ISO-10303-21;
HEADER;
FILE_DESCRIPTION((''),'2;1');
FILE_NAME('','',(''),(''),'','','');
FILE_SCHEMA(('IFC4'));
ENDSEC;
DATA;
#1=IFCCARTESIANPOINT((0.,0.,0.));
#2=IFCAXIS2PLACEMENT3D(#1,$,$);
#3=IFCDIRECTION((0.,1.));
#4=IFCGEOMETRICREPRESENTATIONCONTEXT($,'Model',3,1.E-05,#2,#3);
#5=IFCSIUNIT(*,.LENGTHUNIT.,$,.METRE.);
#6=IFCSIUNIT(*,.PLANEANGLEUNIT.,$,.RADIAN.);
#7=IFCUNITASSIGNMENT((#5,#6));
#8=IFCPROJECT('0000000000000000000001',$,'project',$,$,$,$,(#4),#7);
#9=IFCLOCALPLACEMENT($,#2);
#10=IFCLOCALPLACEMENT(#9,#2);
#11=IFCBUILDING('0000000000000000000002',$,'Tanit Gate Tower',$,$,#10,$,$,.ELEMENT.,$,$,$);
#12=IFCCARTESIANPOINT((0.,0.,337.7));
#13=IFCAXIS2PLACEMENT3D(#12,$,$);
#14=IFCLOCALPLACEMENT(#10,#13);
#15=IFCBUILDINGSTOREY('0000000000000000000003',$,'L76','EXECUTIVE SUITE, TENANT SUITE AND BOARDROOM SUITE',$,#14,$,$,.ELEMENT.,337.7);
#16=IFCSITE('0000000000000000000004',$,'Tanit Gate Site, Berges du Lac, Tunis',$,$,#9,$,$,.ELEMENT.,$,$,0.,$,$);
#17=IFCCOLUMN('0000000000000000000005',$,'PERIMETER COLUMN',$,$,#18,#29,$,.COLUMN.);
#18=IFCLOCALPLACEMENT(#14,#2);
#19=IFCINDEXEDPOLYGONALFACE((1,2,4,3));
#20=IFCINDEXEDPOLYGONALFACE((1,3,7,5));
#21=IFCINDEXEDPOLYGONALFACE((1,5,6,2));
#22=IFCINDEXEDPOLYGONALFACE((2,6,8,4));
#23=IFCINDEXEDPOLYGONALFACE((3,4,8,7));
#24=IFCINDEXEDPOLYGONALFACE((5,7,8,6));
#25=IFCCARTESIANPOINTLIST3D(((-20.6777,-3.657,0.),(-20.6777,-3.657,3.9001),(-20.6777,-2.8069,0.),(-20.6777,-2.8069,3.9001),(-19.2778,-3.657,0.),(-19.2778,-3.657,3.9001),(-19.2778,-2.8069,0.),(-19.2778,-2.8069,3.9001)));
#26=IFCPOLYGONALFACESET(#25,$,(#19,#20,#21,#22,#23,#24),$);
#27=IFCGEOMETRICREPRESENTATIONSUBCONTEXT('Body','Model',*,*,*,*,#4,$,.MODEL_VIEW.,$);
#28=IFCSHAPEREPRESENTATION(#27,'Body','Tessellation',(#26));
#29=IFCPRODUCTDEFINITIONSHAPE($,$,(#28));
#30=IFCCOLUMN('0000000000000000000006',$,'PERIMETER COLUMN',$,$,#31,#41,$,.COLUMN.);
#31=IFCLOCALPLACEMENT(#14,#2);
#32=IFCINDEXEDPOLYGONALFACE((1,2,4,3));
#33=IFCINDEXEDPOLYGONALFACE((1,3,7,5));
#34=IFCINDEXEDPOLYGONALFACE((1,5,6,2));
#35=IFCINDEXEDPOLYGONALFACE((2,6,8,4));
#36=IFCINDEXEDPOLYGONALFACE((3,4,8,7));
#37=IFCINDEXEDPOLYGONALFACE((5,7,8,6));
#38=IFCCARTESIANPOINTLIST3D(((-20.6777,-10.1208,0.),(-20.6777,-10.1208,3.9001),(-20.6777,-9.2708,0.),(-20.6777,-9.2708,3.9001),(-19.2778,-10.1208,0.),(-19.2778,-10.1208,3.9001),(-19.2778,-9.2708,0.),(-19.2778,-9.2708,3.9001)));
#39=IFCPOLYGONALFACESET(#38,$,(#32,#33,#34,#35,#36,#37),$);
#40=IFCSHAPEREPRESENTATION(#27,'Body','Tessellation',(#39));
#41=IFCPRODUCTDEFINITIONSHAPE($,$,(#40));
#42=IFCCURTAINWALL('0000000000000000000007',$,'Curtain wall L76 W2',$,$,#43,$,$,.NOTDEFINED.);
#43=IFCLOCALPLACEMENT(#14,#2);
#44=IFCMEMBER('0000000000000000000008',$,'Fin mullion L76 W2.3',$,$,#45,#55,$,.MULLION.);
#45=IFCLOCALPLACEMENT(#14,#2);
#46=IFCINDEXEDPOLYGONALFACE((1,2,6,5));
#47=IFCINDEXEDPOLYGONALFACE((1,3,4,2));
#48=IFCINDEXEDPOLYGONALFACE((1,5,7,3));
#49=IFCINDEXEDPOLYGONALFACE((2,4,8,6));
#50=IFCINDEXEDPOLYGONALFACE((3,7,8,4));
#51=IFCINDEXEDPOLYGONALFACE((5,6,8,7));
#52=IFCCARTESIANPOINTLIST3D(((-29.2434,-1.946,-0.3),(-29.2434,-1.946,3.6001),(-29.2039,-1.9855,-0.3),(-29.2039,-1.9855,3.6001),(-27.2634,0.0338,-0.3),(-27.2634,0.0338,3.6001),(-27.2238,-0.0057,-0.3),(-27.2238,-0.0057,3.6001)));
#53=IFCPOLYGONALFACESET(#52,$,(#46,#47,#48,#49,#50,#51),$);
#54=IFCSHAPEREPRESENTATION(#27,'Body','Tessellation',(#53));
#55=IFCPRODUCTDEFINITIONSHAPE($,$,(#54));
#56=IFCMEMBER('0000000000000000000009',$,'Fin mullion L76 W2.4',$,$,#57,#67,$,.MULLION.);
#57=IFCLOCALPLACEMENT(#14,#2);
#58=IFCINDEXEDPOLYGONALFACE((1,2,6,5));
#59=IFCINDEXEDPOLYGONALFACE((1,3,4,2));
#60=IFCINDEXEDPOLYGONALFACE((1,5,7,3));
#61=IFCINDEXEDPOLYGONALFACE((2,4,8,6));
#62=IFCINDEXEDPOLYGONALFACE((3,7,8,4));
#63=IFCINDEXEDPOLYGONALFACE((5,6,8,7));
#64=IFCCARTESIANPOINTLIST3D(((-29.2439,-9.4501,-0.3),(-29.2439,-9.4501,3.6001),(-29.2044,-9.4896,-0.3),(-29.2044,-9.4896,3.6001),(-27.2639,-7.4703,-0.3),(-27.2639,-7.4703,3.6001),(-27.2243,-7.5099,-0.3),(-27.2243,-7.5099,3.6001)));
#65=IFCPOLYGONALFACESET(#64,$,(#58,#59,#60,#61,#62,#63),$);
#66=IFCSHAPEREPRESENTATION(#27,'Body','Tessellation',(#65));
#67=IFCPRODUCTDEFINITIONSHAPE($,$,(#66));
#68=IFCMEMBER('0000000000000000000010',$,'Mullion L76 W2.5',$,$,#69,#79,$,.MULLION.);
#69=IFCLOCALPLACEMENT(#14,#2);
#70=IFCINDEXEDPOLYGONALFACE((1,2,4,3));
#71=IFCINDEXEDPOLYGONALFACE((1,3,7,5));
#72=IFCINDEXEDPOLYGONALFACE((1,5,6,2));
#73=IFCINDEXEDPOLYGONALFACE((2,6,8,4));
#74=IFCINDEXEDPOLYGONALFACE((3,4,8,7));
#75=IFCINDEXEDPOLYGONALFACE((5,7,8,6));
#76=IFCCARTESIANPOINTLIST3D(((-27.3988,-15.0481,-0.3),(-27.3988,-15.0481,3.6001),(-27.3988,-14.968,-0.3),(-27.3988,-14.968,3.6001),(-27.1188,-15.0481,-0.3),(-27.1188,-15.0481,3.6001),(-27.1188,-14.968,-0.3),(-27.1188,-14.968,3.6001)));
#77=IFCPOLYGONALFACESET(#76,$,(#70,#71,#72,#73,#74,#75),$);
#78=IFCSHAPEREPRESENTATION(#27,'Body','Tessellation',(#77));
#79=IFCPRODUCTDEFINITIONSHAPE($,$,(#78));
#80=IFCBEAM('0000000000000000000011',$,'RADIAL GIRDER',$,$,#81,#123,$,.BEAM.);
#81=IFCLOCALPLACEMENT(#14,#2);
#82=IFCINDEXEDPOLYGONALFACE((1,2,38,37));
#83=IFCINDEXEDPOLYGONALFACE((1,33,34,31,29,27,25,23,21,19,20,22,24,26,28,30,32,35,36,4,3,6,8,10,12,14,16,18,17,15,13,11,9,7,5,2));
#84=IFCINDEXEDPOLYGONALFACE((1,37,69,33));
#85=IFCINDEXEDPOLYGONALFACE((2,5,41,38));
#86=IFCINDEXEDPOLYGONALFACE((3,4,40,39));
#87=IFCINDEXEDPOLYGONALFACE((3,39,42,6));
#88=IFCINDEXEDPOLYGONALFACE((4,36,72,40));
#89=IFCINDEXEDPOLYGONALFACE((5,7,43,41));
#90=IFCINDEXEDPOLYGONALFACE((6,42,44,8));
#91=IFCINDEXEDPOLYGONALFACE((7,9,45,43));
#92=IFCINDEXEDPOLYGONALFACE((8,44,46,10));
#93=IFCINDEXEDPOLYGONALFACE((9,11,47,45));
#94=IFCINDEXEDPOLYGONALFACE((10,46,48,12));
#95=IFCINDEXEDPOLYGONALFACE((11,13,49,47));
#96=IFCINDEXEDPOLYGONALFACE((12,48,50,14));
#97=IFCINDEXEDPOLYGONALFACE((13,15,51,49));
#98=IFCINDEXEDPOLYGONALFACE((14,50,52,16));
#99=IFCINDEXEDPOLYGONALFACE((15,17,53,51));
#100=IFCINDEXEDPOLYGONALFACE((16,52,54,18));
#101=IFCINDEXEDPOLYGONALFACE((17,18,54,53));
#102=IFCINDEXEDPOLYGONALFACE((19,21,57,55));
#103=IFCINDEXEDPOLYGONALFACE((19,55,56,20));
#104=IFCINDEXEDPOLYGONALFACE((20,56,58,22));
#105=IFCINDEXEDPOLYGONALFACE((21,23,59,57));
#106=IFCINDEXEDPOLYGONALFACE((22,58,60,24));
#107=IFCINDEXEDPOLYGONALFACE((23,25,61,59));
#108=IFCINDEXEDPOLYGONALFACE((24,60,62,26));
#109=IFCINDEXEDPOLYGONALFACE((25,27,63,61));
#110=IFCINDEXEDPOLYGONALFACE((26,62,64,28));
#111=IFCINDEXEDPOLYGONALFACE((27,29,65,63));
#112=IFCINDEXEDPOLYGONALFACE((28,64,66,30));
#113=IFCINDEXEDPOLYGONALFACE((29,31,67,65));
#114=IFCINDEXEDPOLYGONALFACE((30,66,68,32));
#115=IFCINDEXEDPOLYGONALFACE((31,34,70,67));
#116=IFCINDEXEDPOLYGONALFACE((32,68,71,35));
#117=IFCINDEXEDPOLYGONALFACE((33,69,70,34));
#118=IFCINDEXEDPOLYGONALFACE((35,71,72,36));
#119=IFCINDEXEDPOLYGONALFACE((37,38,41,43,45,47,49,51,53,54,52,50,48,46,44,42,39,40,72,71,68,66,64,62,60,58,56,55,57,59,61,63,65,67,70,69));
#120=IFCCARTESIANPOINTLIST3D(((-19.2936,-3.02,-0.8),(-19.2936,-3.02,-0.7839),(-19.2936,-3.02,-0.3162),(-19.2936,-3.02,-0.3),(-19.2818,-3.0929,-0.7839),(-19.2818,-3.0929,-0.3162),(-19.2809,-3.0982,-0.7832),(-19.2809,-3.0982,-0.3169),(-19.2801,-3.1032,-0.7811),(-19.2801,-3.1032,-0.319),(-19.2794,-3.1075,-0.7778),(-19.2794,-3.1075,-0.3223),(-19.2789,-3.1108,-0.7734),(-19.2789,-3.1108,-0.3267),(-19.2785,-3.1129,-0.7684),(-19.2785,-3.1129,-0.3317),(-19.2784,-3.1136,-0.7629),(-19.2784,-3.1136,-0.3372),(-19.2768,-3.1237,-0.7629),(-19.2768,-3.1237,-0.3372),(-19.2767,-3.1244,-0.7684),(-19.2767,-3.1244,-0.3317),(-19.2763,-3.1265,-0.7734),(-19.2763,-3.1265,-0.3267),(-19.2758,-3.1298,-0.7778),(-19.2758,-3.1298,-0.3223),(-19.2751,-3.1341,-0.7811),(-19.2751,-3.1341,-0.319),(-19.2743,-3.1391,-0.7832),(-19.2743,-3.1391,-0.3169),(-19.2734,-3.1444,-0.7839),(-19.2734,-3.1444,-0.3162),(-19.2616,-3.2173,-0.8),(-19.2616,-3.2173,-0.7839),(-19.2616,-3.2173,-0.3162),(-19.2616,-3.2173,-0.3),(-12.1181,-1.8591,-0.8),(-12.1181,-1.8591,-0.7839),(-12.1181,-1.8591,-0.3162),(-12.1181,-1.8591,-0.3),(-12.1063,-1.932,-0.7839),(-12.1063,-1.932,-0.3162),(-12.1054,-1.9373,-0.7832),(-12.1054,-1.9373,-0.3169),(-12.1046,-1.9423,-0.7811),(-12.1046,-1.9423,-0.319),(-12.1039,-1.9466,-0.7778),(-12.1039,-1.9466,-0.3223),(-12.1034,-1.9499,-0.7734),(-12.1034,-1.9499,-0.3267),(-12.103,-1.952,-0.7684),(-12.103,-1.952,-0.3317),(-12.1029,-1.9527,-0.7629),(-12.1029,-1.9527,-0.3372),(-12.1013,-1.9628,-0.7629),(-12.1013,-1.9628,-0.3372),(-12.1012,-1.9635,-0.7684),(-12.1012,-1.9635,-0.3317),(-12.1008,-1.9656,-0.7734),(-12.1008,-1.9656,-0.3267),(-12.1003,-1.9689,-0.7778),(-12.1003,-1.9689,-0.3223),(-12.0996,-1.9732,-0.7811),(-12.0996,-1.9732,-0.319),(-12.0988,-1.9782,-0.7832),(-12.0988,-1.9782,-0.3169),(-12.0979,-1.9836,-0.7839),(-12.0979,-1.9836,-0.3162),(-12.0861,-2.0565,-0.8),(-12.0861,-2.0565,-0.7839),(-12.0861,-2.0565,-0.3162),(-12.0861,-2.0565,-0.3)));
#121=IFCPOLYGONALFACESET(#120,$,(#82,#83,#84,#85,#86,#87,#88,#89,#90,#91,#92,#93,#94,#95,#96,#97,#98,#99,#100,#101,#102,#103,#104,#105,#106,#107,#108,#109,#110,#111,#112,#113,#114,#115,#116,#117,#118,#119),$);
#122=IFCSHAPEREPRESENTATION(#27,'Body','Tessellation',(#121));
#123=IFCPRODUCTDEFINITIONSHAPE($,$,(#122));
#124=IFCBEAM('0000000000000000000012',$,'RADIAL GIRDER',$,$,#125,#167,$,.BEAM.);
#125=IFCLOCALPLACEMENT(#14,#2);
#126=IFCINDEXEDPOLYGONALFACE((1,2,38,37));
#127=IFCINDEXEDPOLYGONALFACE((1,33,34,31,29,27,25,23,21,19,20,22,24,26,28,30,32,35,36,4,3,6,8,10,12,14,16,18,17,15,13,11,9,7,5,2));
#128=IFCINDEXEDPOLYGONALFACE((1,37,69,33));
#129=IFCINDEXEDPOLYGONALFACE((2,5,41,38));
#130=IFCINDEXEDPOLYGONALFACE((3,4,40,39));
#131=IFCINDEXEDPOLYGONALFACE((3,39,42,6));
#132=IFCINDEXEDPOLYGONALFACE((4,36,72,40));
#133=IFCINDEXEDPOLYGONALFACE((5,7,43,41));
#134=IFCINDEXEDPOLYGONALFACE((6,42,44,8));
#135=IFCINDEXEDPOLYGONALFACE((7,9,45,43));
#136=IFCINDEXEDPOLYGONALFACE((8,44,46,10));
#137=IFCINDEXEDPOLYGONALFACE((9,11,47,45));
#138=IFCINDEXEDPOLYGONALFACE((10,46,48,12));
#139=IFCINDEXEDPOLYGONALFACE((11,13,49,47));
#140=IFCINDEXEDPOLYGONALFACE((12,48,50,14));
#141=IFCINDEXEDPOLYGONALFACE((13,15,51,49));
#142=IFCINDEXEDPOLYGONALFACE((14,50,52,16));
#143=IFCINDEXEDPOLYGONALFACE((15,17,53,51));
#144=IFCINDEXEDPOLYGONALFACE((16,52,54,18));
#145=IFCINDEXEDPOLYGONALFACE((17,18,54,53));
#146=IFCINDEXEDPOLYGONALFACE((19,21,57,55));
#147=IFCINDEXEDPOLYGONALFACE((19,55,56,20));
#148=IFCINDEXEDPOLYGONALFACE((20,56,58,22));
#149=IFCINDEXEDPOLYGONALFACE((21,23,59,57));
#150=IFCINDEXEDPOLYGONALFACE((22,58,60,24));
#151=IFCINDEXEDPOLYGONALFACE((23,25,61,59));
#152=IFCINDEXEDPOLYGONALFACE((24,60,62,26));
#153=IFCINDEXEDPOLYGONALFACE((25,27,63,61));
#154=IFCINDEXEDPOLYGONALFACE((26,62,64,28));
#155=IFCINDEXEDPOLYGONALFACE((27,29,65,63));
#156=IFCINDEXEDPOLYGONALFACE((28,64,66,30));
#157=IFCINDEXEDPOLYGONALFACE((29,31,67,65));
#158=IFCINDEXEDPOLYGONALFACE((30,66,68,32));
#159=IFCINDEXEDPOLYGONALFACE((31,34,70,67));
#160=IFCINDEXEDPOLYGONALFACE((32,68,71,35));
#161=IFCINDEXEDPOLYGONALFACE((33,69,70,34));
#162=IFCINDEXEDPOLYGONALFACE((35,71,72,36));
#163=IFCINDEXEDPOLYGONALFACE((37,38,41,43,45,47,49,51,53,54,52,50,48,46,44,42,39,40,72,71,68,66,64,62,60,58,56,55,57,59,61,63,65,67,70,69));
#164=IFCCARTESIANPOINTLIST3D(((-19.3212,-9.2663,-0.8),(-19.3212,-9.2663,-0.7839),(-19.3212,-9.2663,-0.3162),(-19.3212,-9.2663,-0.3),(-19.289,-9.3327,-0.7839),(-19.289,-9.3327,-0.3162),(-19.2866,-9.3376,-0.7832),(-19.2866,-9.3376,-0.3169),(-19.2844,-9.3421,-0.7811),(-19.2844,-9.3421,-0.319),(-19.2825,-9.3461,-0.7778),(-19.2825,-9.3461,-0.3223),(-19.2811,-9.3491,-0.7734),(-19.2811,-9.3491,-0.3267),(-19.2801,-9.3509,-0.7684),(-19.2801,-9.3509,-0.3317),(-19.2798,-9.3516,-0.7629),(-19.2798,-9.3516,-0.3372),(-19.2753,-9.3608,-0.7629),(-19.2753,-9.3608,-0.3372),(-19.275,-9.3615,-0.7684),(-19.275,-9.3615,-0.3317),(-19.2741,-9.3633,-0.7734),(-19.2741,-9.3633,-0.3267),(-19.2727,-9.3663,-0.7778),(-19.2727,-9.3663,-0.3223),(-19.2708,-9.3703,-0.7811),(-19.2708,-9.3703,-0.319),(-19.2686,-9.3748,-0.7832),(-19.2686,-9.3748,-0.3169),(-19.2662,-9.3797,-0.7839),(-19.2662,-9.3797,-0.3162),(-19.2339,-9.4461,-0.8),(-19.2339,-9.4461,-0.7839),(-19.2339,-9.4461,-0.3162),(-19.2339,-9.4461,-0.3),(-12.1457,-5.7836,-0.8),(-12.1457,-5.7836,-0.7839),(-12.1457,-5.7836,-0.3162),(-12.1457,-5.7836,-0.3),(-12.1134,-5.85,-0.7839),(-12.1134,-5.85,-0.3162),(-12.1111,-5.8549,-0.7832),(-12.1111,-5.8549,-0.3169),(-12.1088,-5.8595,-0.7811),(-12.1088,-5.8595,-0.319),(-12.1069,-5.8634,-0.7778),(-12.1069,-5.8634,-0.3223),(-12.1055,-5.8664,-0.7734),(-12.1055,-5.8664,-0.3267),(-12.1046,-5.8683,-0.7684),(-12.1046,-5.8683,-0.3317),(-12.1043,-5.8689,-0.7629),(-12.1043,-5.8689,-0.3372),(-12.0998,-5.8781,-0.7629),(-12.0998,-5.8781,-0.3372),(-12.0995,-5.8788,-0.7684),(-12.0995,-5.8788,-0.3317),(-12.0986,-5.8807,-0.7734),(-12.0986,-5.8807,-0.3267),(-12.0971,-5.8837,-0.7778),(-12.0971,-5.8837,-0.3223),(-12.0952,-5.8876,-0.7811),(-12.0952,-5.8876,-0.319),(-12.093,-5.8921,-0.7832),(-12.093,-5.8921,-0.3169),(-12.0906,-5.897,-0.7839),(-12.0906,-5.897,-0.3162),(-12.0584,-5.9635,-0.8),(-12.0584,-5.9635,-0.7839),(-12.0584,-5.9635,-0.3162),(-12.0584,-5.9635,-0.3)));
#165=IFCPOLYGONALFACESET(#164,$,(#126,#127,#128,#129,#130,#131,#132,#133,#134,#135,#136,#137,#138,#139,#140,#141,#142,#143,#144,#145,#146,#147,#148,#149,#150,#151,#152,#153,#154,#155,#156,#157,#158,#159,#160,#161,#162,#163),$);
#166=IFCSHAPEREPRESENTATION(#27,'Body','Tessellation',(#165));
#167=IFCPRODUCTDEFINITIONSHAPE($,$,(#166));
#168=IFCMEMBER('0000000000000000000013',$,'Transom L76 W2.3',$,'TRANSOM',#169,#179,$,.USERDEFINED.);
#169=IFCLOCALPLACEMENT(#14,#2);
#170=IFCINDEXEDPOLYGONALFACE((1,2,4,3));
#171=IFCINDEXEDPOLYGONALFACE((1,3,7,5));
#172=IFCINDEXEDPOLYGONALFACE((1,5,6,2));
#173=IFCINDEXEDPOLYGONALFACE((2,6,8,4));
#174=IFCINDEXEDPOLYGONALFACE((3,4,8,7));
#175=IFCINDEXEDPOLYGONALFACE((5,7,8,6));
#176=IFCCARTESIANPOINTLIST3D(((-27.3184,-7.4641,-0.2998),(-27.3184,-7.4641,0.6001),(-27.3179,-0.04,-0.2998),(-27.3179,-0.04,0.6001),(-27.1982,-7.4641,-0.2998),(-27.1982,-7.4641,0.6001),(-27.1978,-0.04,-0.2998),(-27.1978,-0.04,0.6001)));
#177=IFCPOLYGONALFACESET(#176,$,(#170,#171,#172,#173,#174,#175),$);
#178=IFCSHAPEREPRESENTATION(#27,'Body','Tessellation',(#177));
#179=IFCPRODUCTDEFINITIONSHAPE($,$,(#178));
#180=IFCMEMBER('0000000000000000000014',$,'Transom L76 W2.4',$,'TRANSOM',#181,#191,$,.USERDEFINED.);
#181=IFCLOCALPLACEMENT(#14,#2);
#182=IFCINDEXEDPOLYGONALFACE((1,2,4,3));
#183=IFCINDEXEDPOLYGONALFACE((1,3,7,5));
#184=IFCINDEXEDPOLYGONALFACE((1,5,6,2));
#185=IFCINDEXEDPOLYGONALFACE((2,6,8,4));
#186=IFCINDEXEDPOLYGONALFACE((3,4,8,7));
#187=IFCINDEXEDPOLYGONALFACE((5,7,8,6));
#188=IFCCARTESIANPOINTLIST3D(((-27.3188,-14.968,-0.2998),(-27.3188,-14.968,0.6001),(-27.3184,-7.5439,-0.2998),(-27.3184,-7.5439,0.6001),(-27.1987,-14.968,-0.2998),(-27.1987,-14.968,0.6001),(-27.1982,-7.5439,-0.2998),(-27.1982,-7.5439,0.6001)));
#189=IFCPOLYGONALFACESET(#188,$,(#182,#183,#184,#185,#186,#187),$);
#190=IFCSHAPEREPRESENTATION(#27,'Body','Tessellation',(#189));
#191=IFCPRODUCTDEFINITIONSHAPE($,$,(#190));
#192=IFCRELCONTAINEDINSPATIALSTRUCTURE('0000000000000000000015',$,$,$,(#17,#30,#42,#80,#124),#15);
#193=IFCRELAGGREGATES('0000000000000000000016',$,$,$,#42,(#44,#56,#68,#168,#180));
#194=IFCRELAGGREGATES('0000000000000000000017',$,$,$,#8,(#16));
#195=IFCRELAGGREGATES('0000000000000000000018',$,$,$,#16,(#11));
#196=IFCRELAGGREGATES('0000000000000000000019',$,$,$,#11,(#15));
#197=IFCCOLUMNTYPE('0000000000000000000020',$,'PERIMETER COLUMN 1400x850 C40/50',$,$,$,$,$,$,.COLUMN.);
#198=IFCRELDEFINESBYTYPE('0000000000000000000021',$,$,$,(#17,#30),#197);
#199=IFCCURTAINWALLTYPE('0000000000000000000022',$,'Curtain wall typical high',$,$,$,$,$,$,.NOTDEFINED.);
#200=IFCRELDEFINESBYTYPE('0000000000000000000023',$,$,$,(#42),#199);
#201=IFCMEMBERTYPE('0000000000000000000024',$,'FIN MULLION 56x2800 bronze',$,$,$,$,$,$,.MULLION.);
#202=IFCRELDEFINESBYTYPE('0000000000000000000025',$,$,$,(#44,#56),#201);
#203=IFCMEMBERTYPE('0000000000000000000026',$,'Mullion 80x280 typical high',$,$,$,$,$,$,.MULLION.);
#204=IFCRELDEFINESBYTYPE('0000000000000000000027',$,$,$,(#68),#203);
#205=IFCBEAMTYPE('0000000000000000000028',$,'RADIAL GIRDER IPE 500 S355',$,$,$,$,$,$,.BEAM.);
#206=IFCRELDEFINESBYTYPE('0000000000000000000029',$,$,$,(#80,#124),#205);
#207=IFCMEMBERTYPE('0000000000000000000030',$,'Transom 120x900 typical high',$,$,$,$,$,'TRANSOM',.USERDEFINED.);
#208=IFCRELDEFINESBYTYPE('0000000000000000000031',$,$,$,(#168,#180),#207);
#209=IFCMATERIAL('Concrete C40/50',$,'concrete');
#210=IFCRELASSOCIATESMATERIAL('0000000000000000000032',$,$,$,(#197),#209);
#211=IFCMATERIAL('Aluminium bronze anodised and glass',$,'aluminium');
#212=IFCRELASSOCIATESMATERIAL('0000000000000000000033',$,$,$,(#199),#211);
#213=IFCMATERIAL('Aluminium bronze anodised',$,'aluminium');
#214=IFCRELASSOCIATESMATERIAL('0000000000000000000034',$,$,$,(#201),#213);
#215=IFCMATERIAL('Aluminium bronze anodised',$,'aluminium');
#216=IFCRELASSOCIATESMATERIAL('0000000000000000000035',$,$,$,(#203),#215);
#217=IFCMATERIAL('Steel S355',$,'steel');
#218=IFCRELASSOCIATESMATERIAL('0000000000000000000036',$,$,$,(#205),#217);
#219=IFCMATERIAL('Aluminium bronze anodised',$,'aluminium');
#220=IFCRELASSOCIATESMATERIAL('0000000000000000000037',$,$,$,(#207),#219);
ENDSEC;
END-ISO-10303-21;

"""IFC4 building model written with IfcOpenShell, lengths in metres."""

from ifc_helpers import new_model, si_unit, direction, frame, origin, origin_2d, place, context, subcontext, project, spatial, rectangle, i_section, extrude, material, material_profile, profile_set, type_object, element, aggregate, save


model = new_model("IFC4")

# Units and contexts
model_context = context("Model", 3, precision=1e-05, world=origin(), true_north=direction((0.0, 1.0)))
body_context = subcontext(model_context, "Body", "Model", "MODEL_VIEW")
ifc_project = project(units=[si_unit("LENGTHUNIT", "METRE"), si_unit("PLANEANGLEUNIT", "RADIAN")], contexts=[model_context])

# Site, building, storey
site_placement = place(None, origin())
site = spatial("IfcSite", under=ifc_project, at=site_placement, Name="Tanit Gate Site, Berges du Lac, Tunis", CompositionType="ELEMENT", RefElevation=0.0)
building_placement = place(site_placement, origin())
building = spatial("IfcBuilding", under=site, at=building_placement, Name="Tanit Gate Tower", CompositionType="ELEMENT")
storey_placement = place(building_placement, frame((0.0, 0.0, 337.7)))
storey = spatial("IfcBuildingStorey", under=building, at=storey_placement, Name="L76", Description="EXECUTIVE SUITE, TENANT SUITE AND BOARDROOM SUITE", CompositionType="ELEMENT", Elevation=337.7)

# Columns
ifc_material_1 = material(Name="Concrete C40/50", Category="concrete")
ifc_material_profile_1 = material_profile(ifc_material_1, rectangle(XDim=1.3999, YDim=0.8501, at=origin_2d()), Name="RC 1400x850")
ifc_profile_set_1 = profile_set([ifc_material_profile_1], Name="Concrete C40/50")
column_type = type_object("IfcColumnType", Name="PERIMETER COLUMN 1400x850 C40/50", PredefinedType="COLUMN", material=ifc_profile_set_1)
for number, where, z_axis, x_axis, name in (
    (1, (-19.9778, -3.2319, 0.0), (0.0, 0.0, 1.0), (-1.0, 0.0, 0.0), "PERIMETER COLUMN"),
    (2, (-19.9778, -9.6958, 0.0), (0.0, 0.0, 1.0), (-1.0, 0.0, 0.0), "PERIMETER COLUMN"),
):
    element("IfcColumn", number, at=place(storey_placement, frame(where, z_axis=z_axis, x_axis=x_axis)), inside=storey, type_object=column_type, Name=name, PredefinedType="COLUMN", context=body_context, shape_type="SweptSolid", body=[
        extrude(rectangle(XDim=1.3999, YDim=0.8501, at=origin_2d()), origin(), (0.0, 0.0, 1.0), 3.9001),
    ])

# Curtain wall, members
ifc_material_2 = material(Name="Aluminium bronze anodised and glass", Category="aluminium")
curtain_wall_type = type_object("IfcCurtainWallType", Name="Curtain wall typical high", PredefinedType="NOTDEFINED", material=ifc_material_2)
curtain_wall_placement = place(storey_placement, origin())
curtain_wall = element("IfcCurtainWall", 3, at=curtain_wall_placement, inside=storey, type_object=curtain_wall_type, Name="Curtain wall L76 W2", PredefinedType="NOTDEFINED")
ifc_material_3 = material(Name="Aluminium bronze anodised", Category="aluminium")
ifc_material_profile_2 = material_profile(ifc_material_3, rectangle(XDim=2.8, YDim=0.0559, at=origin_2d()), Name="56x2800 bronze fin mullion")
ifc_profile_set_2 = profile_set([ifc_material_profile_2], Name="Aluminium bronze anodised")
member_type_1 = type_object("IfcMemberType", Name="FIN MULLION 56x2800 bronze", PredefinedType="MULLION", material=ifc_profile_set_2)
member_1_placement = place(storey_placement, frame((-28.2336, -0.9758, -0.3), z_axis=(0.0, 0.0, 1.0), x_axis=(0.707156, 0.707058, 0.0)))
member_1 = element("IfcMember", 4, at=member_1_placement, type_object=member_type_1, Name="Fin mullion L76 W2.3", PredefinedType="MULLION", context=body_context, shape_type="SweptSolid", body=[
    extrude(rectangle(XDim=2.8, YDim=0.0559, at=origin_2d()), origin(), (0.0, 0.0, 1.0), 3.9001),
])
member_2_placement = place(storey_placement, frame((-28.2341, -8.48, -0.3), z_axis=(0.0, 0.0, 1.0), x_axis=(0.707156, 0.707058, 0.0)))
member_2 = element("IfcMember", 5, at=member_2_placement, type_object=member_type_1, Name="Fin mullion L76 W2.4", PredefinedType="MULLION", context=body_context, shape_type="SweptSolid", body=[
    extrude(rectangle(XDim=2.8, YDim=0.0559, at=origin_2d()), origin(), (0.0, 0.0, 1.0), 3.9001),
])
ifc_material_4 = material(Name="Aluminium bronze anodised", Category="aluminium")
ifc_material_profile_3 = material_profile(ifc_material_4, rectangle(XDim=0.28, YDim=0.0801, at=origin_2d()), Name="80x280 bronze mullion")
ifc_profile_set_3 = profile_set([ifc_material_profile_3], Name="Aluminium bronze anodised")
member_type_2 = type_object("IfcMemberType", Name="Mullion 80x280 typical high", PredefinedType="MULLION", material=ifc_profile_set_3)
member_3_placement = place(storey_placement, frame((-27.2588, -15.0081, -0.3), z_axis=(0.0, 0.0, 1.0), x_axis=(1.0, -0.000069, 0.0)))
member_3 = element("IfcMember", 6, at=member_3_placement, type_object=member_type_2, Name="Mullion L76 W2.5", PredefinedType="MULLION", context=body_context, shape_type="SweptSolid", body=[
    extrude(rectangle(XDim=0.28, YDim=0.0801, at=origin_2d()), origin(), (0.0, 0.0, 1.0), 3.9001),
])

# Beams
ifc_material_5 = material(Name="Steel S355", Category="steel")
ifc_material_profile_4 = material_profile(ifc_material_5, i_section(OverallWidth=0.2, OverallDepth=0.5, WebThickness=0.0103, FlangeThickness=0.0161, FilletRadius=0.021, at=origin_2d()), Name="IPE 500")
ifc_profile_set_4 = profile_set([ifc_material_profile_4], Name="Steel S355")
beam_type = type_object("IfcBeamType", Name="RADIAL GIRDER IPE 500 S355", PredefinedType="BEAM", material=ifc_profile_set_4)
beam_1_placement = place(storey_placement, frame((-19.2776, -3.1187, -0.55), z_axis=(0.987164, 0.159708, 0.0), x_axis=(-0.159708, 0.987164, 0.0)))
element("IfcBeam", 7, at=beam_1_placement, inside=storey, type_object=beam_type, Name="RADIAL GIRDER", PredefinedType="BEAM", context=body_context, shape_type="SweptSolid", body=[
    extrude(i_section(OverallWidth=0.2, OverallDepth=0.5, WebThickness=0.0103, FlangeThickness=0.0161, FilletRadius=0.021, at=origin_2d()), origin(), (0.0, 0.0, 1.0), 7.2688),
])
beam_2_placement = place(storey_placement, frame((-19.2776, -9.3562, -0.55), z_axis=(0.899636, 0.436641, 0.0), x_axis=(-0.436641, 0.899636, 0.0)))
element("IfcBeam", 8, at=beam_2_placement, inside=storey, type_object=beam_type, Name="RADIAL GIRDER", PredefinedType="BEAM", context=body_context, shape_type="SweptSolid", body=[
    extrude(i_section(OverallWidth=0.2, OverallDepth=0.5, WebThickness=0.0103, FlangeThickness=0.0161, FilletRadius=0.021, at=origin_2d()), origin(), (0.0, 0.0, 1.0), 7.9761),
])

# Members
ifc_material_6 = material(Name="Aluminium bronze anodised", Category="aluminium")
ifc_material_profile_5 = material_profile(ifc_material_6, rectangle(XDim=0.1201, YDim=0.8999, at=origin_2d()), Name="120x900 bronze transom")
ifc_profile_set_5 = profile_set([ifc_material_profile_5], Name="Aluminium bronze anodised")
member_type_3 = type_object("IfcMemberType", Name="Transom 120x900 typical high", ElementType="TRANSOM", PredefinedType="USERDEFINED", material=ifc_profile_set_5)
member_4_placement = place(storey_placement, frame((-27.2578, -0.04, 0.1501), z_axis=(-0.000066, -1.0, 0.0), x_axis=(1.0, -0.000066, 0.0)))
member_4 = element("IfcMember", 9, at=member_4_placement, type_object=member_type_3, Name="Transom L76 W2.3", ObjectType="TRANSOM", PredefinedType="USERDEFINED", context=body_context, shape_type="SweptSolid", body=[
    extrude(rectangle(XDim=0.1201, YDim=0.8999, at=origin_2d()), origin(), (0.0, 0.0, 1.0), 7.4241),
])
member_5_placement = place(storey_placement, frame((-27.2583, -7.5439, 0.1501), z_axis=(-0.000066, -1.0, 0.0), x_axis=(1.0, -0.000066, 0.0)))
member_5 = element("IfcMember", 10, at=member_5_placement, type_object=member_type_3, Name="Transom L76 W2.4", ObjectType="TRANSOM", PredefinedType="USERDEFINED", context=body_context, shape_type="SweptSolid", body=[
    extrude(rectangle(XDim=0.1201, YDim=0.8999, at=origin_2d()), origin(), (0.0, 0.0, 1.0), 7.4241),
])

aggregate(curtain_wall, [member_1, member_2, member_3, member_4, member_5])

save(model, "model.ifc")
